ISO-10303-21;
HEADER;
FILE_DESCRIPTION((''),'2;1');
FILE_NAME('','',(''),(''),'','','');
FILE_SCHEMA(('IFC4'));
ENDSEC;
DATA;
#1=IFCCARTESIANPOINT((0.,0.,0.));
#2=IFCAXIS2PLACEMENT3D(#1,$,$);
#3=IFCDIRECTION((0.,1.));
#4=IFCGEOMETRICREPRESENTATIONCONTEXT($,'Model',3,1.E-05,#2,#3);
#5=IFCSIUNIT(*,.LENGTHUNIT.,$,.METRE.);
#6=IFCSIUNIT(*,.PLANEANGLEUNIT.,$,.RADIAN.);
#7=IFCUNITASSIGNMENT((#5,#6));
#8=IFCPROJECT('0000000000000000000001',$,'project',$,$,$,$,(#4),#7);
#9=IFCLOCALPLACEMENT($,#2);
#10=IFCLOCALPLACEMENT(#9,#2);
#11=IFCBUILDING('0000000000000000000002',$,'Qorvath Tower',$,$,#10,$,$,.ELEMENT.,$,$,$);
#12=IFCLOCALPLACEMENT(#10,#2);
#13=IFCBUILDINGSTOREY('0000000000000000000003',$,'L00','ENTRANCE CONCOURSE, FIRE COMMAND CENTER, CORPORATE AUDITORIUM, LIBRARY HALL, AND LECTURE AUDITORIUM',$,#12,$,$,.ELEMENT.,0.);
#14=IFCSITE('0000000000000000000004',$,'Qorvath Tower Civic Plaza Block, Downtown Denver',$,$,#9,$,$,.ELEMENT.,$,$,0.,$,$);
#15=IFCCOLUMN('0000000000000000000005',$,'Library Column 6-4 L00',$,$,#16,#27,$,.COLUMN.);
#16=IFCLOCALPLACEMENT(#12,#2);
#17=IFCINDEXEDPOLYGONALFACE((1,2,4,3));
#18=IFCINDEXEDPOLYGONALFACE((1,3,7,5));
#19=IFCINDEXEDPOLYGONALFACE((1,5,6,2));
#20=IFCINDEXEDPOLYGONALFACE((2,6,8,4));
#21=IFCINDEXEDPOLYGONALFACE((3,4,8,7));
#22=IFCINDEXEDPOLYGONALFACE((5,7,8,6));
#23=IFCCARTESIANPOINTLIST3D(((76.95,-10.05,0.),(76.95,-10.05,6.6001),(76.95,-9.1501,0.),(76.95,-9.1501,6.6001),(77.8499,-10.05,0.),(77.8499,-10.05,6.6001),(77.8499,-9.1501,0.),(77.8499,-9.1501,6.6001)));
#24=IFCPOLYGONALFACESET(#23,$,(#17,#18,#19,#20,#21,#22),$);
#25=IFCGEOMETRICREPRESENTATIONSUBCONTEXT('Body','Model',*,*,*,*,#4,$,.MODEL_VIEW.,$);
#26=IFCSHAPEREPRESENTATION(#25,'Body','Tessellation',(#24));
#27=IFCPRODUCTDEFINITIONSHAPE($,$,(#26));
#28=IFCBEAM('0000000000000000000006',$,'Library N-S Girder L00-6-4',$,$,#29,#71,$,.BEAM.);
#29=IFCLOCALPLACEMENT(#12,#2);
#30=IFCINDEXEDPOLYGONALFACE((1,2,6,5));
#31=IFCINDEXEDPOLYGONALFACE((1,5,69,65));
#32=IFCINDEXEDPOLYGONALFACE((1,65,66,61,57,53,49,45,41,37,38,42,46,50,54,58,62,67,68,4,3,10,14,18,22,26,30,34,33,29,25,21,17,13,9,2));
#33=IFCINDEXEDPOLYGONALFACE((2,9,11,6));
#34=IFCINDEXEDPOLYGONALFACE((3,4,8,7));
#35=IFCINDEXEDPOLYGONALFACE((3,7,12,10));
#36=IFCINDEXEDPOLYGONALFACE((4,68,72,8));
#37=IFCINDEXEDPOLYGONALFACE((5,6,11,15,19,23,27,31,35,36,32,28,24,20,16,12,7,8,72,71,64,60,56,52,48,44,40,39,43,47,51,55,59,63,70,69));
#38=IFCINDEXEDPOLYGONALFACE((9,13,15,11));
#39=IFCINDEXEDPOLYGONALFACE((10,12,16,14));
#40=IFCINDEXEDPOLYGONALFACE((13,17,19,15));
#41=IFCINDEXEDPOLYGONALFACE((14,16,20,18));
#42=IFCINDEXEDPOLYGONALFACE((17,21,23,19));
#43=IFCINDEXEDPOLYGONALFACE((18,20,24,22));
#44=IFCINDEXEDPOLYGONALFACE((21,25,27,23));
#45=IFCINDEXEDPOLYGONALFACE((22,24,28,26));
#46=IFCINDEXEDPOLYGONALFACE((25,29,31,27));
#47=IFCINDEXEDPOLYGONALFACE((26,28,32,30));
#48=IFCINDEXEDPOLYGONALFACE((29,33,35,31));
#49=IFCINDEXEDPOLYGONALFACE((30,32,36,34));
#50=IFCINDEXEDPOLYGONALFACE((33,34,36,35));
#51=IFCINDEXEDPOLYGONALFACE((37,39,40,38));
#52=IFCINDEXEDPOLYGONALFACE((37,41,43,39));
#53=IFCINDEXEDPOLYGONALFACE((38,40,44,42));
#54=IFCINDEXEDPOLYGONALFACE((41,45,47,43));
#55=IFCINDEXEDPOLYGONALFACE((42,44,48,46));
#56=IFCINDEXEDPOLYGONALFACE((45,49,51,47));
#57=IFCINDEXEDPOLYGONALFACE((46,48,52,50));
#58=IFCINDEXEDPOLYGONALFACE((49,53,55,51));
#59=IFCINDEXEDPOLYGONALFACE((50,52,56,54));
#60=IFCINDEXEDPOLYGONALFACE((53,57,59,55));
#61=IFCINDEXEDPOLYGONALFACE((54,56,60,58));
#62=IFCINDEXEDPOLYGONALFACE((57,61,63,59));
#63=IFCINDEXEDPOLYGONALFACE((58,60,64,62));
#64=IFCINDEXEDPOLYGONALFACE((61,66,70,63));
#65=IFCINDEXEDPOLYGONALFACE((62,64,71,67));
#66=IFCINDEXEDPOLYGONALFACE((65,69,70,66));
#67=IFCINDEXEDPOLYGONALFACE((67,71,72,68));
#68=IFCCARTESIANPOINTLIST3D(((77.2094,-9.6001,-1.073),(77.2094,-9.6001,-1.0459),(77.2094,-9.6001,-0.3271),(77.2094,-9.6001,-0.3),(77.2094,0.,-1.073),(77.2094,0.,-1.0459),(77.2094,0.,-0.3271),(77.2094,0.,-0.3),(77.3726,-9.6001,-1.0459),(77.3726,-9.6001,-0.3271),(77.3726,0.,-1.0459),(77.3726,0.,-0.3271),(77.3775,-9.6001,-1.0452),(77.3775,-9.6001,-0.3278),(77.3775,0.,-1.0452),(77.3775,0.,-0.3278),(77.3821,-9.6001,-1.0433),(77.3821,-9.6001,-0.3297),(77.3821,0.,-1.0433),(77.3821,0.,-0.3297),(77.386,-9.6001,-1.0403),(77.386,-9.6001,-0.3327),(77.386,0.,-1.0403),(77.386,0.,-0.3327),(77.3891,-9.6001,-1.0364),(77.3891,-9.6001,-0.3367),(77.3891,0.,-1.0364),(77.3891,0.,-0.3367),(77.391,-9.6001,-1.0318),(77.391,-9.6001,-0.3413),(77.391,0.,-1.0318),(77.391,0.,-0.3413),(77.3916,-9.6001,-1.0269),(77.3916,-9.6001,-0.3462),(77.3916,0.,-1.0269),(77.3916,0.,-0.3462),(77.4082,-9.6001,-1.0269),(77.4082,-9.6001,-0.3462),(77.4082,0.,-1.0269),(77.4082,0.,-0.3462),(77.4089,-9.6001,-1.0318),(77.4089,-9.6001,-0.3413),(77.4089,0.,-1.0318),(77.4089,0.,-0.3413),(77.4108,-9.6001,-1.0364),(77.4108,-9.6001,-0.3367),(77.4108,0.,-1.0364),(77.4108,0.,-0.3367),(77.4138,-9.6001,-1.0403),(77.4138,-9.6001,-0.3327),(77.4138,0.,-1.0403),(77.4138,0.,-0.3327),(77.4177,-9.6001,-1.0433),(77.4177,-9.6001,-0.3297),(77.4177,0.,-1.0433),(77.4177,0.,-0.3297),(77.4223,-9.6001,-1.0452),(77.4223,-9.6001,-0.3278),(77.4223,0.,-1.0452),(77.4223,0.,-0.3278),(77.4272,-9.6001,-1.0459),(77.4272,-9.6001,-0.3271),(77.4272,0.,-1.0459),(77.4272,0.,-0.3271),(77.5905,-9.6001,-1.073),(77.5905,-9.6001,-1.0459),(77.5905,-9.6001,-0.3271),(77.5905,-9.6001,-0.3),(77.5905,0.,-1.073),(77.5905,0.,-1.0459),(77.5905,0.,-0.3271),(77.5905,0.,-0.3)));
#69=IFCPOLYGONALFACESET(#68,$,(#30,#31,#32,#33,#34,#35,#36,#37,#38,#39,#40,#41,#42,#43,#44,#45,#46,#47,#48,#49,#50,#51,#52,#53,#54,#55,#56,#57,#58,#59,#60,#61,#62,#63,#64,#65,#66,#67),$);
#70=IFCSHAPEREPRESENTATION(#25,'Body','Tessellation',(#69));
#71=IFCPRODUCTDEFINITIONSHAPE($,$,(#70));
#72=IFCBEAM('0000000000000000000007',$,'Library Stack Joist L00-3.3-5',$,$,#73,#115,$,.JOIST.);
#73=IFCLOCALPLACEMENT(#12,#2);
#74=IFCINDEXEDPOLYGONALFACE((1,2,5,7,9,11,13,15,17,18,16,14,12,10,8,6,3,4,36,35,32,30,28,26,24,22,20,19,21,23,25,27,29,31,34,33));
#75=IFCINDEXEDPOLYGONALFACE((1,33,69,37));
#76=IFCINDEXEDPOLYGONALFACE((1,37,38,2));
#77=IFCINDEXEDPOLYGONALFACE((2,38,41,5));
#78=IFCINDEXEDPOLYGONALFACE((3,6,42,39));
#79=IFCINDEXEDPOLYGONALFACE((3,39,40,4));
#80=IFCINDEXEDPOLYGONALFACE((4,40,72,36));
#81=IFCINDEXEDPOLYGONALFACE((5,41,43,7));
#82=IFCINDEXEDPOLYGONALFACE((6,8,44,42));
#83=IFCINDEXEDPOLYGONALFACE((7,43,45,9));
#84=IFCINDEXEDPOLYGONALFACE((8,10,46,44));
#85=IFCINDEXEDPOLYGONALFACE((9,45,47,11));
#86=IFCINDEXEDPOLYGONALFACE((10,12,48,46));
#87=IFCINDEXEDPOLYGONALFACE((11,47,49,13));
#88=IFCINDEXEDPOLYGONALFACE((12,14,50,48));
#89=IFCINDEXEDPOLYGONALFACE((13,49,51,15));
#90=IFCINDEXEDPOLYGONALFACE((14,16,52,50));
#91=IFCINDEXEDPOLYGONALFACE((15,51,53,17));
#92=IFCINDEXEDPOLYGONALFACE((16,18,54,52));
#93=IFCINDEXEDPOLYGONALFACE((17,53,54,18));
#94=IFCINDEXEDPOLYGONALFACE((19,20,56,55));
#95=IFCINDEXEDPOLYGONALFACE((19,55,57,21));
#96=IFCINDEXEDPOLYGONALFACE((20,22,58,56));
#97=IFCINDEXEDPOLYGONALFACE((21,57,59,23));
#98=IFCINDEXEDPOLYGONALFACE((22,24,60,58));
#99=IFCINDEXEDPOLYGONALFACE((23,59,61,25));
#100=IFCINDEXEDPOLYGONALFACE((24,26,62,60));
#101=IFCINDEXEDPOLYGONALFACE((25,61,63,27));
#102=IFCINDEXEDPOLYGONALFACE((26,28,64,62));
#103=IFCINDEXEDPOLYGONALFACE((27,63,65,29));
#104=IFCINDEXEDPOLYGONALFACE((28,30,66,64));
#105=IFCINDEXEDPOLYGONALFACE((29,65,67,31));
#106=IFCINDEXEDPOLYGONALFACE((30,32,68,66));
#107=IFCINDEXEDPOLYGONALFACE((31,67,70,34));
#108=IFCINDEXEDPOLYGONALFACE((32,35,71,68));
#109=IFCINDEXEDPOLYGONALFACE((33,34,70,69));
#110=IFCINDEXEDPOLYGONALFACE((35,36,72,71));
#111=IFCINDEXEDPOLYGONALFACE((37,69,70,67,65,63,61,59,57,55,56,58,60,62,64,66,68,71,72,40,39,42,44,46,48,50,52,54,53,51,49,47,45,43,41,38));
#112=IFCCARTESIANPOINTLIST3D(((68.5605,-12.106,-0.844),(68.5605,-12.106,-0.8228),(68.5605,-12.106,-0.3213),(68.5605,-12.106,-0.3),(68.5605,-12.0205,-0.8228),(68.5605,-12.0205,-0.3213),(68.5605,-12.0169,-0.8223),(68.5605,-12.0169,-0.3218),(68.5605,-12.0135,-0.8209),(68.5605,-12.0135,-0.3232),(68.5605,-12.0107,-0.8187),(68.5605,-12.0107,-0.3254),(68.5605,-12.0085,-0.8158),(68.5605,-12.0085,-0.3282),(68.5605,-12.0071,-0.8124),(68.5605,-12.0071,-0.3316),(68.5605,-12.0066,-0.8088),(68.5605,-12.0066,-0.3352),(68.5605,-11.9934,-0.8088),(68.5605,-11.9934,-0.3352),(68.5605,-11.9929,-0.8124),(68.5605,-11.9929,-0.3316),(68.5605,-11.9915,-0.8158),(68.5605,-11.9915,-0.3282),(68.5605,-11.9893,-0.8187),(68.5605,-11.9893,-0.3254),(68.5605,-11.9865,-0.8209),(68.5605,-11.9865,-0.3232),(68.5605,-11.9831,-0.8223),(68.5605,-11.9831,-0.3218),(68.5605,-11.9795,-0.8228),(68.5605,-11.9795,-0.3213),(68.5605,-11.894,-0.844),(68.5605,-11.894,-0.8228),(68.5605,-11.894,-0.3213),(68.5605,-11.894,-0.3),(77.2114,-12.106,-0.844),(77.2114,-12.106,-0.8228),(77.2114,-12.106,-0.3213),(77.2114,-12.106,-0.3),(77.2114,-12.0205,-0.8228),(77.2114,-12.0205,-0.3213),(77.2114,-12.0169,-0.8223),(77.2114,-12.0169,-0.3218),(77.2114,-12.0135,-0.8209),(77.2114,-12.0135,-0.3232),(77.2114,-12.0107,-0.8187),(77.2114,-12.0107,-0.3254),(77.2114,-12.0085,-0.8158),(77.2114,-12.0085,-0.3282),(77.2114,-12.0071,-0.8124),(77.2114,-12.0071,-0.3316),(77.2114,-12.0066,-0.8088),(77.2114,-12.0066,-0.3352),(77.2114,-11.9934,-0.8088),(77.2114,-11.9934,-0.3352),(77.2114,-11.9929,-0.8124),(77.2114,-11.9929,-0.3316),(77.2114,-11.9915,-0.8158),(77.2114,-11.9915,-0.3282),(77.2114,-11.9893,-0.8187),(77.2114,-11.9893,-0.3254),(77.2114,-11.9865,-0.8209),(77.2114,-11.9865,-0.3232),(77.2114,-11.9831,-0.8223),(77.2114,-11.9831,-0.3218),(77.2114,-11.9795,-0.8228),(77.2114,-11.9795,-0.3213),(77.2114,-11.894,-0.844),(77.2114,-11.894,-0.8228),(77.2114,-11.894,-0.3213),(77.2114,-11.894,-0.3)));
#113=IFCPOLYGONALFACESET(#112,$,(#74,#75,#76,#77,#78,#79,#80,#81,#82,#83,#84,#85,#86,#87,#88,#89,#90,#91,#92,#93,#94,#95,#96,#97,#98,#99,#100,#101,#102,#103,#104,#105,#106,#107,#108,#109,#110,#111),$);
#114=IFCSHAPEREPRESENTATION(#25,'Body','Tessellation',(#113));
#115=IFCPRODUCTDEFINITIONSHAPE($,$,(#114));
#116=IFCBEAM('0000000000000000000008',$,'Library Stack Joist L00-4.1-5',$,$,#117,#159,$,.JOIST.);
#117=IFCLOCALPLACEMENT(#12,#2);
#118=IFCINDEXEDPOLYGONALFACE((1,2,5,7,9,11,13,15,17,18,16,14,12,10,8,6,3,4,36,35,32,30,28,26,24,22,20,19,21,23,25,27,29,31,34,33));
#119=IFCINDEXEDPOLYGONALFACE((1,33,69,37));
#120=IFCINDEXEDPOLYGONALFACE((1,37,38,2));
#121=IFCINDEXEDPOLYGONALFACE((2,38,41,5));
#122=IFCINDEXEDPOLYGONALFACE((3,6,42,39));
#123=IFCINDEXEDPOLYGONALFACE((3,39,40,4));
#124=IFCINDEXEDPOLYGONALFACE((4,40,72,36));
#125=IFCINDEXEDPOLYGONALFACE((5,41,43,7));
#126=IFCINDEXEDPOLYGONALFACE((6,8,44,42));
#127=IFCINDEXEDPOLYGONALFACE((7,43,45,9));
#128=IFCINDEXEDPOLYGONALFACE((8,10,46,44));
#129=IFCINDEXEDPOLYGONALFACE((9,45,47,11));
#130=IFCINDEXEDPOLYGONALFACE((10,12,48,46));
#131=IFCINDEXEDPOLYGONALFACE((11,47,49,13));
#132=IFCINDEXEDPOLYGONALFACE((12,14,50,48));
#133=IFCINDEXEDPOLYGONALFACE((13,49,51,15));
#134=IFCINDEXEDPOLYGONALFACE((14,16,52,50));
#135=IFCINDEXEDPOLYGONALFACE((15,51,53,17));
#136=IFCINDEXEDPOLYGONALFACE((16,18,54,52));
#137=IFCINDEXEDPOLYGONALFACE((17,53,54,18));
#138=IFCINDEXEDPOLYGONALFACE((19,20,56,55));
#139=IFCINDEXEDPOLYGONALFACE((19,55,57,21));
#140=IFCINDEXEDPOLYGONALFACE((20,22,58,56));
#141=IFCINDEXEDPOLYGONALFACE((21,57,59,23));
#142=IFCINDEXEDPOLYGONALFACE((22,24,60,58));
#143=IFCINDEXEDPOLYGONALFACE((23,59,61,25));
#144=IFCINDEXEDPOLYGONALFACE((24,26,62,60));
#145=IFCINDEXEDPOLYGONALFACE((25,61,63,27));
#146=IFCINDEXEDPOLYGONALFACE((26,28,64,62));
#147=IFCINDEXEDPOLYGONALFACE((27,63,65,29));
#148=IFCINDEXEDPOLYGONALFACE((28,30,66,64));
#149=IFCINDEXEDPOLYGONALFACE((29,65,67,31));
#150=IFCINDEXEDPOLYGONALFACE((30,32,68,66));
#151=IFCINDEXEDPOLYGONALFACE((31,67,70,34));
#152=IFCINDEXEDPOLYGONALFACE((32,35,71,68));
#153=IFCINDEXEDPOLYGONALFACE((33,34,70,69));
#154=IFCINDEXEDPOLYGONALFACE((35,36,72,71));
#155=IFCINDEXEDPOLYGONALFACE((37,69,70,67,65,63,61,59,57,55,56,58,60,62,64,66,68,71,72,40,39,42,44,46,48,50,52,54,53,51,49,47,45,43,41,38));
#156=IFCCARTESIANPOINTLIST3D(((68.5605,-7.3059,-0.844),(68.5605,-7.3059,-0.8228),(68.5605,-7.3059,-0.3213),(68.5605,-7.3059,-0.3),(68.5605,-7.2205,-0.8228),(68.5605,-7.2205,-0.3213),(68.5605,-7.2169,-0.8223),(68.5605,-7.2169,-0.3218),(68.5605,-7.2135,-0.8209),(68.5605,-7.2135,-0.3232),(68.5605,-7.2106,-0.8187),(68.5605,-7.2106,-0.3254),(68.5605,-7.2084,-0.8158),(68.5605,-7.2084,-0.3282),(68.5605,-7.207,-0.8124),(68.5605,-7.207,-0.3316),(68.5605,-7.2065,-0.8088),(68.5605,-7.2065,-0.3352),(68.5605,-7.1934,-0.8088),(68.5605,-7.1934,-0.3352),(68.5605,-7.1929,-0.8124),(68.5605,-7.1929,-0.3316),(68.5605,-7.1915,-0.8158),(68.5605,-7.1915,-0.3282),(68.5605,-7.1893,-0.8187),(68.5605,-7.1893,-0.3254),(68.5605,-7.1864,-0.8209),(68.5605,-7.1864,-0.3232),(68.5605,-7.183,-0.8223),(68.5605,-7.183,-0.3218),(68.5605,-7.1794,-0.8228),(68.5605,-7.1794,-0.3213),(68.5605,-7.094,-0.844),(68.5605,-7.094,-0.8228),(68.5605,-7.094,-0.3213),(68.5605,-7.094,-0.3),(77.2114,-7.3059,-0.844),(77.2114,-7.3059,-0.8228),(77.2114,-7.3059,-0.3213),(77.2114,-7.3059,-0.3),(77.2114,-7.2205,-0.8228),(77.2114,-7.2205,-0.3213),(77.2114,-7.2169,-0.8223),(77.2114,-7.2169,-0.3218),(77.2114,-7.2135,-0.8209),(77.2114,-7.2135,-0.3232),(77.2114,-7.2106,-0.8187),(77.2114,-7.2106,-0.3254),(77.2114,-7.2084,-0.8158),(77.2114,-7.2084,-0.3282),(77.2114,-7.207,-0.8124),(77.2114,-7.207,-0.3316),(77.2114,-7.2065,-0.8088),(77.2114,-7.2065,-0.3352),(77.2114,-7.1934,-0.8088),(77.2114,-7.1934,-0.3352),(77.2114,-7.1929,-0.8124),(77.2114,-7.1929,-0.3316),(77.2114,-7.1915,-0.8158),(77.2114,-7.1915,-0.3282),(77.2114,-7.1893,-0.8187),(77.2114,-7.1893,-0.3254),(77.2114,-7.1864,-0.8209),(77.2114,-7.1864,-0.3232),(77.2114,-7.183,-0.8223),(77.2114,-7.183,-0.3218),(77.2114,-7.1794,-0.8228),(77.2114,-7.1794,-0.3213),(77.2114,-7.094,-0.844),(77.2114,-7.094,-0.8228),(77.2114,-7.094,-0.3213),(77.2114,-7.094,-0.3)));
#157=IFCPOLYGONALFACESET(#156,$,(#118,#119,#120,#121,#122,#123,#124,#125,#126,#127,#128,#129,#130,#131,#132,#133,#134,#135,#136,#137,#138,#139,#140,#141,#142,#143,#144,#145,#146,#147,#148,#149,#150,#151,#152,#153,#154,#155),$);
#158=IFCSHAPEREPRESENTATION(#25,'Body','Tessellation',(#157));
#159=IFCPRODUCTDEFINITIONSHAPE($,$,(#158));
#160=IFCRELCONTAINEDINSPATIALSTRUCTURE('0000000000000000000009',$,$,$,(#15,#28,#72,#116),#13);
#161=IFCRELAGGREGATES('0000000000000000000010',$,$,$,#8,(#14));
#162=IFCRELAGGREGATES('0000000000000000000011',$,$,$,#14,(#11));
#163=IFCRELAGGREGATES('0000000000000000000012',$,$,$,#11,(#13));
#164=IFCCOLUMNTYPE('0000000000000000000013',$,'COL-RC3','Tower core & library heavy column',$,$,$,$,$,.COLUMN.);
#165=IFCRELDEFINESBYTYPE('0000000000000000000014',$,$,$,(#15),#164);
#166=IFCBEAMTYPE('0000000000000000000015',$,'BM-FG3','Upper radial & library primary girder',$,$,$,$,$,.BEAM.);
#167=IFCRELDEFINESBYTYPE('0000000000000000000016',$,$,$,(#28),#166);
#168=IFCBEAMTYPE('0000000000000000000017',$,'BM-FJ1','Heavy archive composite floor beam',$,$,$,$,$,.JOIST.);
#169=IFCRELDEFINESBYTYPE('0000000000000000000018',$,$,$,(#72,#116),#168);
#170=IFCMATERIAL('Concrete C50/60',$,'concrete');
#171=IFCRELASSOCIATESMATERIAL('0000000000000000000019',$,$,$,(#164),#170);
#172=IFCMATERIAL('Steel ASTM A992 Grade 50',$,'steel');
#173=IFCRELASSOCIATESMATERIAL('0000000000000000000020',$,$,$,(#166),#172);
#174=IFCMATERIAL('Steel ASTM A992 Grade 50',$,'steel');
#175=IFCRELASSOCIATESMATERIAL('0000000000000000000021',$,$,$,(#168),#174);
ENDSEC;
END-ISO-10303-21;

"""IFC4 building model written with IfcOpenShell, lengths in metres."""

from ifc_helpers import new_model, si_unit, direction, frame, origin, origin_2d, place, context, subcontext, project, spatial, rectangle, i_section, extrude, material, material_profile, profile_set, type_object, element, save


model = new_model("IFC4")

# Units and contexts
model_context = context("Model", 3, precision=1e-05, world=origin(), true_north=direction((0.0, 1.0)))
body_context = subcontext(model_context, "Body", "Model", "MODEL_VIEW")
ifc_project = project(units=[si_unit("LENGTHUNIT", "METRE"), si_unit("PLANEANGLEUNIT", "RADIAN")], contexts=[model_context])

# Site, building, storey
site_placement = place(None, origin())
site = spatial("IfcSite", under=ifc_project, at=site_placement, Name="Qorvath Tower Civic Plaza Block, Downtown Denver", CompositionType="ELEMENT", RefElevation=0.0)
building_placement = place(site_placement, origin())
building = spatial("IfcBuilding", under=site, at=building_placement, Name="Qorvath Tower", CompositionType="ELEMENT")
storey_placement = place(building_placement, origin())
storey = spatial("IfcBuildingStorey", under=building, at=storey_placement, Name="L00", Description="ENTRANCE CONCOURSE, FIRE COMMAND CENTER, CORPORATE AUDITORIUM, LIBRARY HALL, AND LECTURE AUDITORIUM", CompositionType="ELEMENT", Elevation=0.0)

# Column
ifc_material_1 = material(Name="Concrete C50/60", Category="concrete")
ifc_material_profile_1 = material_profile(ifc_material_1, rectangle(XDim=0.8999, YDim=0.8999, at=origin_2d()), Name="RC 900x900")
ifc_profile_set_1 = profile_set([ifc_material_profile_1], Name="Concrete C50/60")
column_type = type_object("IfcColumnType", Name="COL-RC3", Description="Tower core & library heavy column", PredefinedType="COLUMN", material=ifc_profile_set_1)
column_placement = place(storey_placement, frame((77.3999, -9.6001, 0.0), z_axis=(0.0, 0.0, 1.0), x_axis=(1.0, 0.0, 0.0)))
element("IfcColumn", 1, at=column_placement, inside=storey, type_object=column_type, Name="Library Column 6-4 L00", PredefinedType="COLUMN", context=body_context, shape_type="SweptSolid", body=[
    extrude(rectangle(XDim=0.8999, YDim=0.8999, at=origin_2d()), origin(), (0.0, 0.0, 1.0), 6.6001),
])

# Beams
ifc_material_2 = material(Name="Steel ASTM A992 Grade 50", Category="steel")
ifc_material_profile_2 = material_profile(ifc_material_2, i_section(OverallWidth=0.3811, OverallDepth=0.7729, WebThickness=0.0166, FlangeThickness=0.0271, FilletRadius=0.019, at=origin_2d()), Name="W30x173")
ifc_profile_set_2 = profile_set([ifc_material_profile_2], Name="Steel ASTM A992 Grade 50")
beam_type_1 = type_object("IfcBeamType", Name="BM-FG3", Description="Upper radial & library primary girder", PredefinedType="BEAM", material=ifc_profile_set_2)
beam_placement = place(storey_placement, frame((77.3999, -9.6001, -0.6865), z_axis=(0.0, 1.0, 0.0), x_axis=(-1.0, 0.0, 0.0)))
element("IfcBeam", 2, at=beam_placement, inside=storey, type_object=beam_type_1, Name="Library N-S Girder L00-6-4", PredefinedType="BEAM", context=body_context, shape_type="SweptSolid", body=[
    extrude(i_section(OverallWidth=0.3811, OverallDepth=0.7729, WebThickness=0.0166, FlangeThickness=0.0271, FilletRadius=0.019, at=origin_2d()), origin(), (0.0, 0.0, 1.0), 9.6001),
])
ifc_material_3 = material(Name="Steel ASTM A992 Grade 50", Category="steel")
ifc_material_profile_3 = material_profile(ifc_material_3, i_section(OverallWidth=0.2119, OverallDepth=0.5439, WebThickness=0.0132, FlangeThickness=0.0212, FilletRadius=0.0139, at=origin_2d()), Name="W21x83")
ifc_profile_set_3 = profile_set([ifc_material_profile_3], Name="Steel ASTM A992 Grade 50")
beam_type_2 = type_object("IfcBeamType", Name="BM-FJ1", Description="Heavy archive composite floor beam", PredefinedType="JOIST", material=ifc_profile_set_3)
for number, where, z_axis, x_axis, name in (
    (3, (68.5605, -12.0, -0.572), (1.0, 0.0, 0.0), (0.0, 1.0, 0.0), "Library Stack Joist L00-3.3-5"),
    (4, (68.5605, -7.2, -0.572), (1.0, 0.0, 0.0), (0.0, 1.0, 0.0), "Library Stack Joist L00-4.1-5"),
):
    element("IfcBeam", number, at=place(storey_placement, frame(where, z_axis=z_axis, x_axis=x_axis)), inside=storey, type_object=beam_type_2, Name=name, PredefinedType="JOIST", context=body_context, shape_type="SweptSolid", body=[
        extrude(i_section(OverallWidth=0.2119, OverallDepth=0.5439, WebThickness=0.0132, FlangeThickness=0.0212, FilletRadius=0.0139, at=origin_2d()), origin(), (0.0, 0.0, 1.0), 8.6509),
    ])

save(model, "model.ifc")
